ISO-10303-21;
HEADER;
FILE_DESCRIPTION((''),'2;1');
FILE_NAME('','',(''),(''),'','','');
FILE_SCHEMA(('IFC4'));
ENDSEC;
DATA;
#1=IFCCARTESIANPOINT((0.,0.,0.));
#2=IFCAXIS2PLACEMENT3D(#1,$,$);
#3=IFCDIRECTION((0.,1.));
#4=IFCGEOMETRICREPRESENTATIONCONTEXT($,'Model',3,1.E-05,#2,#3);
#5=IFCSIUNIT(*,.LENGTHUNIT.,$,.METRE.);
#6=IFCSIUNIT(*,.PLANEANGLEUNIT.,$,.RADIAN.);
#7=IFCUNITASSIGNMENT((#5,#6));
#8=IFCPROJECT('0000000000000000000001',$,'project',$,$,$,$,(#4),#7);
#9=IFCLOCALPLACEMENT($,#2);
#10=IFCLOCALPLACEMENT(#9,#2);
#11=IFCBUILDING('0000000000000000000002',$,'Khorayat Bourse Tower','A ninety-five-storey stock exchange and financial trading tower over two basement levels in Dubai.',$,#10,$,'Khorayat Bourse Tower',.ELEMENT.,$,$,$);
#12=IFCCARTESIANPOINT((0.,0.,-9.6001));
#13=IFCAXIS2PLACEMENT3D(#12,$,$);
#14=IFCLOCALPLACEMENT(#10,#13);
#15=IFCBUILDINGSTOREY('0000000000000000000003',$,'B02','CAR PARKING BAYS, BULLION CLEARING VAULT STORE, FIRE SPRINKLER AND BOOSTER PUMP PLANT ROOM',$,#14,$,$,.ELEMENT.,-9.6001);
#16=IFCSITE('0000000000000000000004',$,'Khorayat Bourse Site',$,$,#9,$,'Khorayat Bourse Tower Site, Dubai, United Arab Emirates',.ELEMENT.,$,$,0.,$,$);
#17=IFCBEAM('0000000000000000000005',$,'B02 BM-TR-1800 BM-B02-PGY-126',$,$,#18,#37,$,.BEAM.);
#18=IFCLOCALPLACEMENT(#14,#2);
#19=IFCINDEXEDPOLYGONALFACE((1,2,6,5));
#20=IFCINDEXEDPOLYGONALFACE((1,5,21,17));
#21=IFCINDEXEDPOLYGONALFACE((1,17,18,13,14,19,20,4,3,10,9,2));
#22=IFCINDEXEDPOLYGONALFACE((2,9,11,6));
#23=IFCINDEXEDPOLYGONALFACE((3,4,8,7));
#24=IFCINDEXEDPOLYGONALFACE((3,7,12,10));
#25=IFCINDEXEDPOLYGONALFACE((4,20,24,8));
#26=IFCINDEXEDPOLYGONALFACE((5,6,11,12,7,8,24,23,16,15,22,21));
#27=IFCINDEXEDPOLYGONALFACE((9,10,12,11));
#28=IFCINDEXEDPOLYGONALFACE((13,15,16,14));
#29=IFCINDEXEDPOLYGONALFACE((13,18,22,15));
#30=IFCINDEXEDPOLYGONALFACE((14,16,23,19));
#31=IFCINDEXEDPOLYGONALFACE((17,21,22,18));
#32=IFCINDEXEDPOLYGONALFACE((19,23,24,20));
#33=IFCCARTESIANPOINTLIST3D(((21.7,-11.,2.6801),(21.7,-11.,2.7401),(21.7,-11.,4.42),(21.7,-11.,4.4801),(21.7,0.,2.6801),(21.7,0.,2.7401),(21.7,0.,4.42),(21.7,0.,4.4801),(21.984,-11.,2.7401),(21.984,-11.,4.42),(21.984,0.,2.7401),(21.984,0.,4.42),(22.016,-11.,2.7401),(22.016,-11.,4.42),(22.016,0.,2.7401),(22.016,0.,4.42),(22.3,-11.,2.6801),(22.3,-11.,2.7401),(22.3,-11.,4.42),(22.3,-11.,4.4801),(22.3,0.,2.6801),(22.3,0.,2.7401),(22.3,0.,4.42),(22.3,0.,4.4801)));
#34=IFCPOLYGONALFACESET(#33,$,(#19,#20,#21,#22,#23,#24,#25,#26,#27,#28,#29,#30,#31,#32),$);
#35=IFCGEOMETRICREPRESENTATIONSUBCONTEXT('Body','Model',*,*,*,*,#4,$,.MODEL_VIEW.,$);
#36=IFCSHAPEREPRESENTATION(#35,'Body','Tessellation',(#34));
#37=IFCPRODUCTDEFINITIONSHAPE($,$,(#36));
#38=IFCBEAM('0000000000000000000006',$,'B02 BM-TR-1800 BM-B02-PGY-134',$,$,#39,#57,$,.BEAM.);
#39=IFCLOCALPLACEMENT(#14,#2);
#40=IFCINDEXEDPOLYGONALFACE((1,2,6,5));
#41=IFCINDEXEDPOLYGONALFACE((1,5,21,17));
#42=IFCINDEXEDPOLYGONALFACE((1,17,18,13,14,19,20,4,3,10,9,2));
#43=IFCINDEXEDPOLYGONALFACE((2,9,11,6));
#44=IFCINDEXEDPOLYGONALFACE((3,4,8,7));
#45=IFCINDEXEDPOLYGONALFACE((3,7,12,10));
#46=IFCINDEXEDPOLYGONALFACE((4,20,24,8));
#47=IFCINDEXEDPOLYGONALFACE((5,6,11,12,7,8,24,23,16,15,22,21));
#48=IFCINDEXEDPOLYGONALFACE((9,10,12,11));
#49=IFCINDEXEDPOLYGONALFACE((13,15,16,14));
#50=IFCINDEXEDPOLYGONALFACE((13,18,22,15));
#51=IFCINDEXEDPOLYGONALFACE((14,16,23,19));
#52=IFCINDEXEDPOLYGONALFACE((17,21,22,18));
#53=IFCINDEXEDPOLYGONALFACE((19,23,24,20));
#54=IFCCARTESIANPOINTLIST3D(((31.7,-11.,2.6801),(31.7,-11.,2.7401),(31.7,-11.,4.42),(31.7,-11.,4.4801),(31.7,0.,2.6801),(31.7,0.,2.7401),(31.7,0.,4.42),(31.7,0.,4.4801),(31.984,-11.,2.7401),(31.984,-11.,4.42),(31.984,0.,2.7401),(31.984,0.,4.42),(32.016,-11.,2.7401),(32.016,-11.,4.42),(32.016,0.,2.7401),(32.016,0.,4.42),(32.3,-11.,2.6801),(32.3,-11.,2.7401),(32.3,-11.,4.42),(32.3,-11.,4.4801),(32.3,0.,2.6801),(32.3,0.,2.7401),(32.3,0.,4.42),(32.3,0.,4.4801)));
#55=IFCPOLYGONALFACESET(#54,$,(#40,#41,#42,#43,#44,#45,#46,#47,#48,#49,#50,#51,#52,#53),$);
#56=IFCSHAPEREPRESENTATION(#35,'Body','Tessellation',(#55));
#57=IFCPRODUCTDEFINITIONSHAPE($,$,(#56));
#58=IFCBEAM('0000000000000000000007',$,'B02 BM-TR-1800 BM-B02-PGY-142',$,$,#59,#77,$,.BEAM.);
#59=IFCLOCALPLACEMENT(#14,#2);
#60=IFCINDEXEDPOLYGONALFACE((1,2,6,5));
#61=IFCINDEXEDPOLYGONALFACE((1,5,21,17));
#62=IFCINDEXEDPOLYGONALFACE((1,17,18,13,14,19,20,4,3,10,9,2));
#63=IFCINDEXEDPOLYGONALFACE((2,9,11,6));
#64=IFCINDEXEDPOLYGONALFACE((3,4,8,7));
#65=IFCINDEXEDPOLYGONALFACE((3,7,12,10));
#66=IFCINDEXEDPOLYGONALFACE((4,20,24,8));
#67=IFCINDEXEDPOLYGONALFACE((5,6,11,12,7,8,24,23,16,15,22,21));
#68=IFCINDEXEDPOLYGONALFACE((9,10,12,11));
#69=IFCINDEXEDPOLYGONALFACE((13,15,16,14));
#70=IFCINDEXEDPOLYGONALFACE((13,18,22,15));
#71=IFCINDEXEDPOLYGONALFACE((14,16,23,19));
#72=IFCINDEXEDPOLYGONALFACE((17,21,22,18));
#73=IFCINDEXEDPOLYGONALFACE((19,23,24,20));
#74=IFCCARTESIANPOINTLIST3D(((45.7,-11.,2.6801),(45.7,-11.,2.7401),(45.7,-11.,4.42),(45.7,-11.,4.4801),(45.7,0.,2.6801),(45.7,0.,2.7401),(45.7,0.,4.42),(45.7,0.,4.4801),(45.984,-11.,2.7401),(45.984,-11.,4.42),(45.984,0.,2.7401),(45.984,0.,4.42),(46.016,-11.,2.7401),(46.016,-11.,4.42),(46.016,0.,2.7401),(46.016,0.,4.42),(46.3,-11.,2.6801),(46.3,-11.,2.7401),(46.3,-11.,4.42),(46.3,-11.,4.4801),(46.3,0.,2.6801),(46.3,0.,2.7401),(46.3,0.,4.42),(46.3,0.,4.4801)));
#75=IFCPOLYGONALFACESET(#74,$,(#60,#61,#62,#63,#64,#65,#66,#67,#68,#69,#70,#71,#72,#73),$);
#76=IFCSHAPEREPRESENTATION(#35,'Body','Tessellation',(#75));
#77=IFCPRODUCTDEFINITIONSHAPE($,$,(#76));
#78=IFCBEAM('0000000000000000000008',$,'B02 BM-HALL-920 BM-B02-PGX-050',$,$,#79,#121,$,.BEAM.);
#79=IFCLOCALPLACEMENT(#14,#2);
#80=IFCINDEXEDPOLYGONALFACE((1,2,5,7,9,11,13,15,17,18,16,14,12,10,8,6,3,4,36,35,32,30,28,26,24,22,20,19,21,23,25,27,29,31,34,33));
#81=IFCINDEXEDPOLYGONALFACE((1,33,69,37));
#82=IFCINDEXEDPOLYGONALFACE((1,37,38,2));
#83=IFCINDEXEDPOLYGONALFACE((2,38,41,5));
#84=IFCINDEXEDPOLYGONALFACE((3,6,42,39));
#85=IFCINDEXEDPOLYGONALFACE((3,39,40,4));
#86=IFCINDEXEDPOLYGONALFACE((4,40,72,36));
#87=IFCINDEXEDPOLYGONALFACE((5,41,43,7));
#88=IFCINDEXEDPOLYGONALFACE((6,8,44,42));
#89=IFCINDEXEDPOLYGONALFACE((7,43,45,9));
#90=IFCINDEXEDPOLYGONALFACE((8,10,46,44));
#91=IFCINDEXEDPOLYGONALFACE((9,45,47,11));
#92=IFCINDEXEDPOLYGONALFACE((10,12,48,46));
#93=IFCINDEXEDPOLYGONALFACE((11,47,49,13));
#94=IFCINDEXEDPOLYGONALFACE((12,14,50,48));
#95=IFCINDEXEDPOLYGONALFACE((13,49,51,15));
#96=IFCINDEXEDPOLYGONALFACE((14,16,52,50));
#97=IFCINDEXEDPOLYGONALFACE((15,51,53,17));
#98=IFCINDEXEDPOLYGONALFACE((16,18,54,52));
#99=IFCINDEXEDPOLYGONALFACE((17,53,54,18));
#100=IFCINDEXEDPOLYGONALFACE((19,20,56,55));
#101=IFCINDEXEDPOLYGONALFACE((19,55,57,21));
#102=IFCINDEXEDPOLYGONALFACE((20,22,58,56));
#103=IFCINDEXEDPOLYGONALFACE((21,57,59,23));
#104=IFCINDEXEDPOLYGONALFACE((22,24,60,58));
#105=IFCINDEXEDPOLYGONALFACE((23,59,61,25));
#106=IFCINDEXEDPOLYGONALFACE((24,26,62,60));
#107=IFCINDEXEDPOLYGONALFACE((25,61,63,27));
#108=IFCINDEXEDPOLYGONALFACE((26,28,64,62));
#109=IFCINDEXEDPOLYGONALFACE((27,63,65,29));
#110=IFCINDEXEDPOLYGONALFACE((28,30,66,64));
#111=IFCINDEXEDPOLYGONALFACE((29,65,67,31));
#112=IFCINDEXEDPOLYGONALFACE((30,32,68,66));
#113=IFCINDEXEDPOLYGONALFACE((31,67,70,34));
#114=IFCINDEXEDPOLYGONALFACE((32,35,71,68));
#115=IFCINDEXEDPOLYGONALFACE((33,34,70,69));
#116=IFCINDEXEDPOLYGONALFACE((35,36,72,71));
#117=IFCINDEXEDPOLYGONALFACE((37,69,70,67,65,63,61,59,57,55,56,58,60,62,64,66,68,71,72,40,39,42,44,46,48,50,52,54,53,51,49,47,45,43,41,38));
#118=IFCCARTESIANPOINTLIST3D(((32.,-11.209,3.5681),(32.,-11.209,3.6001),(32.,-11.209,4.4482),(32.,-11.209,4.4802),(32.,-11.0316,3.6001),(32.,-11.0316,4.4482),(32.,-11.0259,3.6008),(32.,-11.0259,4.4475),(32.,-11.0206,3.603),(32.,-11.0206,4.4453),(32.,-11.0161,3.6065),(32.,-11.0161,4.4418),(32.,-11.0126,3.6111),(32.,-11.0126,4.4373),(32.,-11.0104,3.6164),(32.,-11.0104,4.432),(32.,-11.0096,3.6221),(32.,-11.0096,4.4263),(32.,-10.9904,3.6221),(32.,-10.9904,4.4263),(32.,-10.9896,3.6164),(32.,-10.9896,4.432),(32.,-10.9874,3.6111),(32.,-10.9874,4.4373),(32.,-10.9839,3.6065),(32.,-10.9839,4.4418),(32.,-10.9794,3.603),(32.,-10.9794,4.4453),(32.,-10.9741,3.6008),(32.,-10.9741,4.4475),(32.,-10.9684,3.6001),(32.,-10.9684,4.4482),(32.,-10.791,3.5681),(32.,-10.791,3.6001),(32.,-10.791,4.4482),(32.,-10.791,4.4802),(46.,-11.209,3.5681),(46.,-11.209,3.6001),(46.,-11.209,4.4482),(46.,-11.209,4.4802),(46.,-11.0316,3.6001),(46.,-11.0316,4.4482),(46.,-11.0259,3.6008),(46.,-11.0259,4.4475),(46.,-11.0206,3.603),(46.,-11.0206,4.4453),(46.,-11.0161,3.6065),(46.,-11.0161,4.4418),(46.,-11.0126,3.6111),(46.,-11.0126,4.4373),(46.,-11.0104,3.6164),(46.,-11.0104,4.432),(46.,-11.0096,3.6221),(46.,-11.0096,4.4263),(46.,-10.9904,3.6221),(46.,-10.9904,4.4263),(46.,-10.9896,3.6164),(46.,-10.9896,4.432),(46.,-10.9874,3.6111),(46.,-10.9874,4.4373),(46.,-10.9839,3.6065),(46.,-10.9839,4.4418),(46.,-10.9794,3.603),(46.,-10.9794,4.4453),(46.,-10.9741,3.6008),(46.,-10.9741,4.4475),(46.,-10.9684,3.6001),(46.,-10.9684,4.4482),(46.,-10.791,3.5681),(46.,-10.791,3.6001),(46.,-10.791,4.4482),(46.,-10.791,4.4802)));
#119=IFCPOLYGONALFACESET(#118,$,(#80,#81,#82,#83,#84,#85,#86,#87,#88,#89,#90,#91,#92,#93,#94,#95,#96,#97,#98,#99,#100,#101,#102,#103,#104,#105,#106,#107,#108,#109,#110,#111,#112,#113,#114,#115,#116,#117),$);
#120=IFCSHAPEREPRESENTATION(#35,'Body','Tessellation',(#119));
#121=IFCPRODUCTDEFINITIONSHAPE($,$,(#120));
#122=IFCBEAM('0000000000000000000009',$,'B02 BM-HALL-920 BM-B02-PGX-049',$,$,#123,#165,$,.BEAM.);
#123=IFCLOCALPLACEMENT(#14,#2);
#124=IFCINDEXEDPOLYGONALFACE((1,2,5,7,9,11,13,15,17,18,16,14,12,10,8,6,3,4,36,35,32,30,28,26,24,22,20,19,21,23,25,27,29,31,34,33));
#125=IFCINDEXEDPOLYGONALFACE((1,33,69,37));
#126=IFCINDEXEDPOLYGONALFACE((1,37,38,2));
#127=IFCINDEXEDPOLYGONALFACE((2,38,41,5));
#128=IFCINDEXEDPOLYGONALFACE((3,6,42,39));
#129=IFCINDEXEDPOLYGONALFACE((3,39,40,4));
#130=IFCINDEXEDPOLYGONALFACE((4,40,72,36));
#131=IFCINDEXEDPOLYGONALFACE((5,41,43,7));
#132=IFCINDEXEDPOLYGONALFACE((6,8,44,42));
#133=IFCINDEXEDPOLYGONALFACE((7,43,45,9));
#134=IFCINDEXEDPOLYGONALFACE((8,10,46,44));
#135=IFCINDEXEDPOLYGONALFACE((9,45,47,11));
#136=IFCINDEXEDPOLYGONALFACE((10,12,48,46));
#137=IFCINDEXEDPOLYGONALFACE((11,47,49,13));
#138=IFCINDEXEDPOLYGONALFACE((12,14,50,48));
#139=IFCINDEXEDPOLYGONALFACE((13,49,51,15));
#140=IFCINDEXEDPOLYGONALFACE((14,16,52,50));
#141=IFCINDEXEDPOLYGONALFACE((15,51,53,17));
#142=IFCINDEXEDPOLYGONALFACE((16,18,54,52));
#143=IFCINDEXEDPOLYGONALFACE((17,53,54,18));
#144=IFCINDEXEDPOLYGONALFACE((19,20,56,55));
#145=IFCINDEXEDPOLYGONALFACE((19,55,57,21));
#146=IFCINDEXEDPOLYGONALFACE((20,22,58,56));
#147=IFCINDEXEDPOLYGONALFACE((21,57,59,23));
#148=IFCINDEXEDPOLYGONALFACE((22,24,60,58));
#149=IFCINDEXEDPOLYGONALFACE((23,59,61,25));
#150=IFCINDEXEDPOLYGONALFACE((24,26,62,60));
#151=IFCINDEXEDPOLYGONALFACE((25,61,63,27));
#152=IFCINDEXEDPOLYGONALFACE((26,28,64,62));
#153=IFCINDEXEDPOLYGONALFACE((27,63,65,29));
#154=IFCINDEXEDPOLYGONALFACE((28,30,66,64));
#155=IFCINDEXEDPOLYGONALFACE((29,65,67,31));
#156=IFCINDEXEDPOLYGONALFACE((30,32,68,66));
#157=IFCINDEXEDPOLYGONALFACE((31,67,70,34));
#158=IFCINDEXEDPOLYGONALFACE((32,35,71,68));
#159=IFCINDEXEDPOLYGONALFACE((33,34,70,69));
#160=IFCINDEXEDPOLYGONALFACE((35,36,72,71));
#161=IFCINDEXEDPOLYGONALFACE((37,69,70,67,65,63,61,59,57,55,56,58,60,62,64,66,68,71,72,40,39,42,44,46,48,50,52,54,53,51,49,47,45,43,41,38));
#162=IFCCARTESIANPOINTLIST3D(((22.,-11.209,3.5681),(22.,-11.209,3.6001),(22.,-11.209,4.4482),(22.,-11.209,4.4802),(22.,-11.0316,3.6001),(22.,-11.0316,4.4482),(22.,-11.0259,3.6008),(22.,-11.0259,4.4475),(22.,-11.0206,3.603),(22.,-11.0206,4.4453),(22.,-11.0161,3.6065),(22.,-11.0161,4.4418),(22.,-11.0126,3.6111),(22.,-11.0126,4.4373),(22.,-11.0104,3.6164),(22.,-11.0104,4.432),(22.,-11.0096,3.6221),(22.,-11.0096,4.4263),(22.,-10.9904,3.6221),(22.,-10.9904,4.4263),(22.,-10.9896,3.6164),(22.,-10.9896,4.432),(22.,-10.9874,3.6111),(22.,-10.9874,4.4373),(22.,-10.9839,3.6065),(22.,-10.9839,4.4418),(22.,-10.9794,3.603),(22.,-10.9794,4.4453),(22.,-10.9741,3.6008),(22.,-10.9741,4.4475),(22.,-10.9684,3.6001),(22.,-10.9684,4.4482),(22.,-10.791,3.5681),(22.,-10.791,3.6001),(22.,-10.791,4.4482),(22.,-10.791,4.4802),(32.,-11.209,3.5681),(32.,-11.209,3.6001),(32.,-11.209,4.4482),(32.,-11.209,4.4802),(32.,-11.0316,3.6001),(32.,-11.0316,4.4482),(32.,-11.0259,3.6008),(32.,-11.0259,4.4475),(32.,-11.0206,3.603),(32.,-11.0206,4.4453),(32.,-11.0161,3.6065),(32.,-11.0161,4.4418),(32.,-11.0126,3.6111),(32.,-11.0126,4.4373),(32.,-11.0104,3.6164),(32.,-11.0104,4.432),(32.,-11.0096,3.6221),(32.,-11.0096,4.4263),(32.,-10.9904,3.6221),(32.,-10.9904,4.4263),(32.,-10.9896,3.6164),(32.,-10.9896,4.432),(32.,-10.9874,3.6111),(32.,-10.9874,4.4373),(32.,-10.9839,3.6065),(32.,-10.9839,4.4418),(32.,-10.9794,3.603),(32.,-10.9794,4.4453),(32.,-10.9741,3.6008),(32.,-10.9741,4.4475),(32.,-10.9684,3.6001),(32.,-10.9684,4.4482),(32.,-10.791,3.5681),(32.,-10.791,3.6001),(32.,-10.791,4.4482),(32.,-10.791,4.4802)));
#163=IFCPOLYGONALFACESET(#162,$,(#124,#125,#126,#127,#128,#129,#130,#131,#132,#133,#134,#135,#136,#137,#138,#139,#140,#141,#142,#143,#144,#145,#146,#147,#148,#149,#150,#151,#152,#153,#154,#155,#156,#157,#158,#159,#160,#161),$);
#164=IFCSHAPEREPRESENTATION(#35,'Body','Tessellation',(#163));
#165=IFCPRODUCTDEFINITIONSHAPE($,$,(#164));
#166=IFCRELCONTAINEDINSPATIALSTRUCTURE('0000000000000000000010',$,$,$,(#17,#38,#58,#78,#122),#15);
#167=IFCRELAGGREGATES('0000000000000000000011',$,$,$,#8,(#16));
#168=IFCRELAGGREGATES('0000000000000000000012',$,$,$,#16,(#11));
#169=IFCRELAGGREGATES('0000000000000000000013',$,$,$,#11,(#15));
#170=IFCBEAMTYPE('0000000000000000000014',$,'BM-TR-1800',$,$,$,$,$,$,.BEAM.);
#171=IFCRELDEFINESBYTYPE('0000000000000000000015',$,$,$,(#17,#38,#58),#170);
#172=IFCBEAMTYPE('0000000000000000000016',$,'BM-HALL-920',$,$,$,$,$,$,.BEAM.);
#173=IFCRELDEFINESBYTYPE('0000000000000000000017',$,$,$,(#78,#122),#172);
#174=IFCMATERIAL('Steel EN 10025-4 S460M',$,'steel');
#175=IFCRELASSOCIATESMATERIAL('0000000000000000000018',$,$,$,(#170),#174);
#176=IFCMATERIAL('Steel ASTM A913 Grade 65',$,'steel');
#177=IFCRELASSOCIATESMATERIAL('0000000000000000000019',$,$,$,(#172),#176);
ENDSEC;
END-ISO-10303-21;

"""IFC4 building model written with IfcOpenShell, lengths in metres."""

from ifc_helpers import new_model, si_unit, direction, frame, origin, origin_2d, place, context, subcontext, project, spatial, i_section, extrude, source, transform, mapped, material, material_profile, profile_set, type_object, element, save


model = new_model("IFC4")

# Units and contexts
model_context = context("Model", 3, precision=1e-05, world=origin(), true_north=direction((0.0, 1.0)))
body_context = subcontext(model_context, "Body", "Model", "MODEL_VIEW")
ifc_project = project(units=[si_unit("LENGTHUNIT", "METRE"), si_unit("PLANEANGLEUNIT", "RADIAN")], contexts=[model_context])

# Site, building, storey
site_placement = place(None, origin())
site = spatial("IfcSite", under=ifc_project, at=site_placement, Name="Khorayat Bourse Site", LongName="Khorayat Bourse Tower Site, Dubai, United Arab Emirates", CompositionType="ELEMENT", RefElevation=0.0)
building_placement = place(site_placement, origin())
building = spatial("IfcBuilding", under=site, at=building_placement, Name="Khorayat Bourse Tower", Description="A ninety-five-storey stock exchange and financial trading tower over two basement levels in Dubai.", LongName="Khorayat Bourse Tower", CompositionType="ELEMENT")
storey_placement = place(building_placement, frame((0.0, 0.0, -9.6001)))
storey = spatial("IfcBuildingStorey", under=building, at=storey_placement, Name="B02", Description="CAR PARKING BAYS, BULLION CLEARING VAULT STORE, FIRE SPRINKLER AND BOOSTER PUMP PLANT ROOM", CompositionType="ELEMENT", Elevation=-9.6001)

# Beams
ifc_material_1 = material(Name="Steel EN 10025-4 S460M", Category="steel")
ifc_material_profile_1 = material_profile(ifc_material_1, i_section(OverallWidth=0.6001, OverallDepth=1.8, WebThickness=0.032, FlangeThickness=0.0601, at=origin_2d()), Name="PG 1800x600x32x60")
ifc_profile_set_1 = profile_set([ifc_material_profile_1], Name="Steel EN 10025-4 S460M")
beam_type_1 = type_object("IfcBeamType", Name="BM-TR-1800", PredefinedType="BEAM", material=ifc_profile_set_1)
shared_shape_1 = source(origin(), body_context, "Body", "SweptSolid", [
    extrude(i_section(OverallWidth=0.6001, OverallDepth=1.8, WebThickness=0.032, FlangeThickness=0.0601, at=origin_2d()), origin(), (0.0, 0.0, 1.0), 11.0),
])
for number, where, z_axis, x_axis, name in (
    (1, (22.0, -11.0, 3.5801), (0.0, 1.0, 0.0), (-1.0, 0.0, 0.0), "B02 BM-TR-1800 BM-B02-PGY-126"),
    (2, (32.0, -11.0, 3.5801), (0.0, 1.0, 0.0), (-1.0, 0.0, 0.0), "B02 BM-TR-1800 BM-B02-PGY-134"),
    (3, (46.0, -11.0, 3.5801), (0.0, 1.0, 0.0), (-1.0, 0.0, 0.0), "B02 BM-TR-1800 BM-B02-PGY-142"),
):
    element("IfcBeam", number, at=place(storey_placement, frame(where, z_axis=z_axis, x_axis=x_axis)), inside=storey, type_object=beam_type_1, Name=name, PredefinedType="BEAM", context=body_context, shape_type="MappedRepresentation", body=[
        mapped(shared_shape_1, transform((0.0, 0.0, 0.0), scale=1.0)),
    ])
ifc_material_2 = material(Name="Steel ASTM A913 Grade 65", Category="steel")
ifc_material_profile_2 = material_profile(ifc_material_2, i_section(OverallWidth=0.418, OverallDepth=0.9121, WebThickness=0.0193, FlangeThickness=0.032, FilletRadius=0.022, at=origin_2d()), Name="W920X342")
ifc_profile_set_2 = profile_set([ifc_material_profile_2], Name="Steel ASTM A913 Grade 65")
beam_type_2 = type_object("IfcBeamType", Name="BM-HALL-920", PredefinedType="BEAM", material=ifc_profile_set_2)
shared_shape_2 = source(origin(), body_context, "Body", "SweptSolid", [
    extrude(i_section(OverallWidth=0.418, OverallDepth=0.9121, WebThickness=0.0193, FlangeThickness=0.032, FilletRadius=0.022, at=origin_2d()), origin(), (0.0, 0.0, 1.0), 14.0),
])
beam_1_placement = place(storey_placement, frame((32.0, -11.0, 4.0242), z_axis=(1.0, 0.0, 0.0), x_axis=(0.0, 1.0, 0.0)))
element("IfcBeam", 4, at=beam_1_placement, inside=storey, type_object=beam_type_2, Name="B02 BM-HALL-920 BM-B02-PGX-050", PredefinedType="BEAM", context=body_context, shape_type="MappedRepresentation", body=[
    mapped(shared_shape_2, transform((0.0, 0.0, 0.0), scale=1.0)),
])
shared_shape_3 = source(origin(), body_context, "Body", "SweptSolid", [
    extrude(i_section(OverallWidth=0.418, OverallDepth=0.9121, WebThickness=0.0193, FlangeThickness=0.032, FilletRadius=0.022, at=origin_2d()), origin(), (0.0, 0.0, 1.0), 10.0),
])
beam_2_placement = place(storey_placement, frame((22.0, -11.0, 4.0242), z_axis=(1.0, 0.0, 0.0), x_axis=(0.0, 1.0, 0.0)))
element("IfcBeam", 5, at=beam_2_placement, inside=storey, type_object=beam_type_2, Name="B02 BM-HALL-920 BM-B02-PGX-049", PredefinedType="BEAM", context=body_context, shape_type="MappedRepresentation", body=[
    mapped(shared_shape_3, transform((0.0, 0.0, 0.0), scale=1.0)),
])

save(model, "model.ifc")
